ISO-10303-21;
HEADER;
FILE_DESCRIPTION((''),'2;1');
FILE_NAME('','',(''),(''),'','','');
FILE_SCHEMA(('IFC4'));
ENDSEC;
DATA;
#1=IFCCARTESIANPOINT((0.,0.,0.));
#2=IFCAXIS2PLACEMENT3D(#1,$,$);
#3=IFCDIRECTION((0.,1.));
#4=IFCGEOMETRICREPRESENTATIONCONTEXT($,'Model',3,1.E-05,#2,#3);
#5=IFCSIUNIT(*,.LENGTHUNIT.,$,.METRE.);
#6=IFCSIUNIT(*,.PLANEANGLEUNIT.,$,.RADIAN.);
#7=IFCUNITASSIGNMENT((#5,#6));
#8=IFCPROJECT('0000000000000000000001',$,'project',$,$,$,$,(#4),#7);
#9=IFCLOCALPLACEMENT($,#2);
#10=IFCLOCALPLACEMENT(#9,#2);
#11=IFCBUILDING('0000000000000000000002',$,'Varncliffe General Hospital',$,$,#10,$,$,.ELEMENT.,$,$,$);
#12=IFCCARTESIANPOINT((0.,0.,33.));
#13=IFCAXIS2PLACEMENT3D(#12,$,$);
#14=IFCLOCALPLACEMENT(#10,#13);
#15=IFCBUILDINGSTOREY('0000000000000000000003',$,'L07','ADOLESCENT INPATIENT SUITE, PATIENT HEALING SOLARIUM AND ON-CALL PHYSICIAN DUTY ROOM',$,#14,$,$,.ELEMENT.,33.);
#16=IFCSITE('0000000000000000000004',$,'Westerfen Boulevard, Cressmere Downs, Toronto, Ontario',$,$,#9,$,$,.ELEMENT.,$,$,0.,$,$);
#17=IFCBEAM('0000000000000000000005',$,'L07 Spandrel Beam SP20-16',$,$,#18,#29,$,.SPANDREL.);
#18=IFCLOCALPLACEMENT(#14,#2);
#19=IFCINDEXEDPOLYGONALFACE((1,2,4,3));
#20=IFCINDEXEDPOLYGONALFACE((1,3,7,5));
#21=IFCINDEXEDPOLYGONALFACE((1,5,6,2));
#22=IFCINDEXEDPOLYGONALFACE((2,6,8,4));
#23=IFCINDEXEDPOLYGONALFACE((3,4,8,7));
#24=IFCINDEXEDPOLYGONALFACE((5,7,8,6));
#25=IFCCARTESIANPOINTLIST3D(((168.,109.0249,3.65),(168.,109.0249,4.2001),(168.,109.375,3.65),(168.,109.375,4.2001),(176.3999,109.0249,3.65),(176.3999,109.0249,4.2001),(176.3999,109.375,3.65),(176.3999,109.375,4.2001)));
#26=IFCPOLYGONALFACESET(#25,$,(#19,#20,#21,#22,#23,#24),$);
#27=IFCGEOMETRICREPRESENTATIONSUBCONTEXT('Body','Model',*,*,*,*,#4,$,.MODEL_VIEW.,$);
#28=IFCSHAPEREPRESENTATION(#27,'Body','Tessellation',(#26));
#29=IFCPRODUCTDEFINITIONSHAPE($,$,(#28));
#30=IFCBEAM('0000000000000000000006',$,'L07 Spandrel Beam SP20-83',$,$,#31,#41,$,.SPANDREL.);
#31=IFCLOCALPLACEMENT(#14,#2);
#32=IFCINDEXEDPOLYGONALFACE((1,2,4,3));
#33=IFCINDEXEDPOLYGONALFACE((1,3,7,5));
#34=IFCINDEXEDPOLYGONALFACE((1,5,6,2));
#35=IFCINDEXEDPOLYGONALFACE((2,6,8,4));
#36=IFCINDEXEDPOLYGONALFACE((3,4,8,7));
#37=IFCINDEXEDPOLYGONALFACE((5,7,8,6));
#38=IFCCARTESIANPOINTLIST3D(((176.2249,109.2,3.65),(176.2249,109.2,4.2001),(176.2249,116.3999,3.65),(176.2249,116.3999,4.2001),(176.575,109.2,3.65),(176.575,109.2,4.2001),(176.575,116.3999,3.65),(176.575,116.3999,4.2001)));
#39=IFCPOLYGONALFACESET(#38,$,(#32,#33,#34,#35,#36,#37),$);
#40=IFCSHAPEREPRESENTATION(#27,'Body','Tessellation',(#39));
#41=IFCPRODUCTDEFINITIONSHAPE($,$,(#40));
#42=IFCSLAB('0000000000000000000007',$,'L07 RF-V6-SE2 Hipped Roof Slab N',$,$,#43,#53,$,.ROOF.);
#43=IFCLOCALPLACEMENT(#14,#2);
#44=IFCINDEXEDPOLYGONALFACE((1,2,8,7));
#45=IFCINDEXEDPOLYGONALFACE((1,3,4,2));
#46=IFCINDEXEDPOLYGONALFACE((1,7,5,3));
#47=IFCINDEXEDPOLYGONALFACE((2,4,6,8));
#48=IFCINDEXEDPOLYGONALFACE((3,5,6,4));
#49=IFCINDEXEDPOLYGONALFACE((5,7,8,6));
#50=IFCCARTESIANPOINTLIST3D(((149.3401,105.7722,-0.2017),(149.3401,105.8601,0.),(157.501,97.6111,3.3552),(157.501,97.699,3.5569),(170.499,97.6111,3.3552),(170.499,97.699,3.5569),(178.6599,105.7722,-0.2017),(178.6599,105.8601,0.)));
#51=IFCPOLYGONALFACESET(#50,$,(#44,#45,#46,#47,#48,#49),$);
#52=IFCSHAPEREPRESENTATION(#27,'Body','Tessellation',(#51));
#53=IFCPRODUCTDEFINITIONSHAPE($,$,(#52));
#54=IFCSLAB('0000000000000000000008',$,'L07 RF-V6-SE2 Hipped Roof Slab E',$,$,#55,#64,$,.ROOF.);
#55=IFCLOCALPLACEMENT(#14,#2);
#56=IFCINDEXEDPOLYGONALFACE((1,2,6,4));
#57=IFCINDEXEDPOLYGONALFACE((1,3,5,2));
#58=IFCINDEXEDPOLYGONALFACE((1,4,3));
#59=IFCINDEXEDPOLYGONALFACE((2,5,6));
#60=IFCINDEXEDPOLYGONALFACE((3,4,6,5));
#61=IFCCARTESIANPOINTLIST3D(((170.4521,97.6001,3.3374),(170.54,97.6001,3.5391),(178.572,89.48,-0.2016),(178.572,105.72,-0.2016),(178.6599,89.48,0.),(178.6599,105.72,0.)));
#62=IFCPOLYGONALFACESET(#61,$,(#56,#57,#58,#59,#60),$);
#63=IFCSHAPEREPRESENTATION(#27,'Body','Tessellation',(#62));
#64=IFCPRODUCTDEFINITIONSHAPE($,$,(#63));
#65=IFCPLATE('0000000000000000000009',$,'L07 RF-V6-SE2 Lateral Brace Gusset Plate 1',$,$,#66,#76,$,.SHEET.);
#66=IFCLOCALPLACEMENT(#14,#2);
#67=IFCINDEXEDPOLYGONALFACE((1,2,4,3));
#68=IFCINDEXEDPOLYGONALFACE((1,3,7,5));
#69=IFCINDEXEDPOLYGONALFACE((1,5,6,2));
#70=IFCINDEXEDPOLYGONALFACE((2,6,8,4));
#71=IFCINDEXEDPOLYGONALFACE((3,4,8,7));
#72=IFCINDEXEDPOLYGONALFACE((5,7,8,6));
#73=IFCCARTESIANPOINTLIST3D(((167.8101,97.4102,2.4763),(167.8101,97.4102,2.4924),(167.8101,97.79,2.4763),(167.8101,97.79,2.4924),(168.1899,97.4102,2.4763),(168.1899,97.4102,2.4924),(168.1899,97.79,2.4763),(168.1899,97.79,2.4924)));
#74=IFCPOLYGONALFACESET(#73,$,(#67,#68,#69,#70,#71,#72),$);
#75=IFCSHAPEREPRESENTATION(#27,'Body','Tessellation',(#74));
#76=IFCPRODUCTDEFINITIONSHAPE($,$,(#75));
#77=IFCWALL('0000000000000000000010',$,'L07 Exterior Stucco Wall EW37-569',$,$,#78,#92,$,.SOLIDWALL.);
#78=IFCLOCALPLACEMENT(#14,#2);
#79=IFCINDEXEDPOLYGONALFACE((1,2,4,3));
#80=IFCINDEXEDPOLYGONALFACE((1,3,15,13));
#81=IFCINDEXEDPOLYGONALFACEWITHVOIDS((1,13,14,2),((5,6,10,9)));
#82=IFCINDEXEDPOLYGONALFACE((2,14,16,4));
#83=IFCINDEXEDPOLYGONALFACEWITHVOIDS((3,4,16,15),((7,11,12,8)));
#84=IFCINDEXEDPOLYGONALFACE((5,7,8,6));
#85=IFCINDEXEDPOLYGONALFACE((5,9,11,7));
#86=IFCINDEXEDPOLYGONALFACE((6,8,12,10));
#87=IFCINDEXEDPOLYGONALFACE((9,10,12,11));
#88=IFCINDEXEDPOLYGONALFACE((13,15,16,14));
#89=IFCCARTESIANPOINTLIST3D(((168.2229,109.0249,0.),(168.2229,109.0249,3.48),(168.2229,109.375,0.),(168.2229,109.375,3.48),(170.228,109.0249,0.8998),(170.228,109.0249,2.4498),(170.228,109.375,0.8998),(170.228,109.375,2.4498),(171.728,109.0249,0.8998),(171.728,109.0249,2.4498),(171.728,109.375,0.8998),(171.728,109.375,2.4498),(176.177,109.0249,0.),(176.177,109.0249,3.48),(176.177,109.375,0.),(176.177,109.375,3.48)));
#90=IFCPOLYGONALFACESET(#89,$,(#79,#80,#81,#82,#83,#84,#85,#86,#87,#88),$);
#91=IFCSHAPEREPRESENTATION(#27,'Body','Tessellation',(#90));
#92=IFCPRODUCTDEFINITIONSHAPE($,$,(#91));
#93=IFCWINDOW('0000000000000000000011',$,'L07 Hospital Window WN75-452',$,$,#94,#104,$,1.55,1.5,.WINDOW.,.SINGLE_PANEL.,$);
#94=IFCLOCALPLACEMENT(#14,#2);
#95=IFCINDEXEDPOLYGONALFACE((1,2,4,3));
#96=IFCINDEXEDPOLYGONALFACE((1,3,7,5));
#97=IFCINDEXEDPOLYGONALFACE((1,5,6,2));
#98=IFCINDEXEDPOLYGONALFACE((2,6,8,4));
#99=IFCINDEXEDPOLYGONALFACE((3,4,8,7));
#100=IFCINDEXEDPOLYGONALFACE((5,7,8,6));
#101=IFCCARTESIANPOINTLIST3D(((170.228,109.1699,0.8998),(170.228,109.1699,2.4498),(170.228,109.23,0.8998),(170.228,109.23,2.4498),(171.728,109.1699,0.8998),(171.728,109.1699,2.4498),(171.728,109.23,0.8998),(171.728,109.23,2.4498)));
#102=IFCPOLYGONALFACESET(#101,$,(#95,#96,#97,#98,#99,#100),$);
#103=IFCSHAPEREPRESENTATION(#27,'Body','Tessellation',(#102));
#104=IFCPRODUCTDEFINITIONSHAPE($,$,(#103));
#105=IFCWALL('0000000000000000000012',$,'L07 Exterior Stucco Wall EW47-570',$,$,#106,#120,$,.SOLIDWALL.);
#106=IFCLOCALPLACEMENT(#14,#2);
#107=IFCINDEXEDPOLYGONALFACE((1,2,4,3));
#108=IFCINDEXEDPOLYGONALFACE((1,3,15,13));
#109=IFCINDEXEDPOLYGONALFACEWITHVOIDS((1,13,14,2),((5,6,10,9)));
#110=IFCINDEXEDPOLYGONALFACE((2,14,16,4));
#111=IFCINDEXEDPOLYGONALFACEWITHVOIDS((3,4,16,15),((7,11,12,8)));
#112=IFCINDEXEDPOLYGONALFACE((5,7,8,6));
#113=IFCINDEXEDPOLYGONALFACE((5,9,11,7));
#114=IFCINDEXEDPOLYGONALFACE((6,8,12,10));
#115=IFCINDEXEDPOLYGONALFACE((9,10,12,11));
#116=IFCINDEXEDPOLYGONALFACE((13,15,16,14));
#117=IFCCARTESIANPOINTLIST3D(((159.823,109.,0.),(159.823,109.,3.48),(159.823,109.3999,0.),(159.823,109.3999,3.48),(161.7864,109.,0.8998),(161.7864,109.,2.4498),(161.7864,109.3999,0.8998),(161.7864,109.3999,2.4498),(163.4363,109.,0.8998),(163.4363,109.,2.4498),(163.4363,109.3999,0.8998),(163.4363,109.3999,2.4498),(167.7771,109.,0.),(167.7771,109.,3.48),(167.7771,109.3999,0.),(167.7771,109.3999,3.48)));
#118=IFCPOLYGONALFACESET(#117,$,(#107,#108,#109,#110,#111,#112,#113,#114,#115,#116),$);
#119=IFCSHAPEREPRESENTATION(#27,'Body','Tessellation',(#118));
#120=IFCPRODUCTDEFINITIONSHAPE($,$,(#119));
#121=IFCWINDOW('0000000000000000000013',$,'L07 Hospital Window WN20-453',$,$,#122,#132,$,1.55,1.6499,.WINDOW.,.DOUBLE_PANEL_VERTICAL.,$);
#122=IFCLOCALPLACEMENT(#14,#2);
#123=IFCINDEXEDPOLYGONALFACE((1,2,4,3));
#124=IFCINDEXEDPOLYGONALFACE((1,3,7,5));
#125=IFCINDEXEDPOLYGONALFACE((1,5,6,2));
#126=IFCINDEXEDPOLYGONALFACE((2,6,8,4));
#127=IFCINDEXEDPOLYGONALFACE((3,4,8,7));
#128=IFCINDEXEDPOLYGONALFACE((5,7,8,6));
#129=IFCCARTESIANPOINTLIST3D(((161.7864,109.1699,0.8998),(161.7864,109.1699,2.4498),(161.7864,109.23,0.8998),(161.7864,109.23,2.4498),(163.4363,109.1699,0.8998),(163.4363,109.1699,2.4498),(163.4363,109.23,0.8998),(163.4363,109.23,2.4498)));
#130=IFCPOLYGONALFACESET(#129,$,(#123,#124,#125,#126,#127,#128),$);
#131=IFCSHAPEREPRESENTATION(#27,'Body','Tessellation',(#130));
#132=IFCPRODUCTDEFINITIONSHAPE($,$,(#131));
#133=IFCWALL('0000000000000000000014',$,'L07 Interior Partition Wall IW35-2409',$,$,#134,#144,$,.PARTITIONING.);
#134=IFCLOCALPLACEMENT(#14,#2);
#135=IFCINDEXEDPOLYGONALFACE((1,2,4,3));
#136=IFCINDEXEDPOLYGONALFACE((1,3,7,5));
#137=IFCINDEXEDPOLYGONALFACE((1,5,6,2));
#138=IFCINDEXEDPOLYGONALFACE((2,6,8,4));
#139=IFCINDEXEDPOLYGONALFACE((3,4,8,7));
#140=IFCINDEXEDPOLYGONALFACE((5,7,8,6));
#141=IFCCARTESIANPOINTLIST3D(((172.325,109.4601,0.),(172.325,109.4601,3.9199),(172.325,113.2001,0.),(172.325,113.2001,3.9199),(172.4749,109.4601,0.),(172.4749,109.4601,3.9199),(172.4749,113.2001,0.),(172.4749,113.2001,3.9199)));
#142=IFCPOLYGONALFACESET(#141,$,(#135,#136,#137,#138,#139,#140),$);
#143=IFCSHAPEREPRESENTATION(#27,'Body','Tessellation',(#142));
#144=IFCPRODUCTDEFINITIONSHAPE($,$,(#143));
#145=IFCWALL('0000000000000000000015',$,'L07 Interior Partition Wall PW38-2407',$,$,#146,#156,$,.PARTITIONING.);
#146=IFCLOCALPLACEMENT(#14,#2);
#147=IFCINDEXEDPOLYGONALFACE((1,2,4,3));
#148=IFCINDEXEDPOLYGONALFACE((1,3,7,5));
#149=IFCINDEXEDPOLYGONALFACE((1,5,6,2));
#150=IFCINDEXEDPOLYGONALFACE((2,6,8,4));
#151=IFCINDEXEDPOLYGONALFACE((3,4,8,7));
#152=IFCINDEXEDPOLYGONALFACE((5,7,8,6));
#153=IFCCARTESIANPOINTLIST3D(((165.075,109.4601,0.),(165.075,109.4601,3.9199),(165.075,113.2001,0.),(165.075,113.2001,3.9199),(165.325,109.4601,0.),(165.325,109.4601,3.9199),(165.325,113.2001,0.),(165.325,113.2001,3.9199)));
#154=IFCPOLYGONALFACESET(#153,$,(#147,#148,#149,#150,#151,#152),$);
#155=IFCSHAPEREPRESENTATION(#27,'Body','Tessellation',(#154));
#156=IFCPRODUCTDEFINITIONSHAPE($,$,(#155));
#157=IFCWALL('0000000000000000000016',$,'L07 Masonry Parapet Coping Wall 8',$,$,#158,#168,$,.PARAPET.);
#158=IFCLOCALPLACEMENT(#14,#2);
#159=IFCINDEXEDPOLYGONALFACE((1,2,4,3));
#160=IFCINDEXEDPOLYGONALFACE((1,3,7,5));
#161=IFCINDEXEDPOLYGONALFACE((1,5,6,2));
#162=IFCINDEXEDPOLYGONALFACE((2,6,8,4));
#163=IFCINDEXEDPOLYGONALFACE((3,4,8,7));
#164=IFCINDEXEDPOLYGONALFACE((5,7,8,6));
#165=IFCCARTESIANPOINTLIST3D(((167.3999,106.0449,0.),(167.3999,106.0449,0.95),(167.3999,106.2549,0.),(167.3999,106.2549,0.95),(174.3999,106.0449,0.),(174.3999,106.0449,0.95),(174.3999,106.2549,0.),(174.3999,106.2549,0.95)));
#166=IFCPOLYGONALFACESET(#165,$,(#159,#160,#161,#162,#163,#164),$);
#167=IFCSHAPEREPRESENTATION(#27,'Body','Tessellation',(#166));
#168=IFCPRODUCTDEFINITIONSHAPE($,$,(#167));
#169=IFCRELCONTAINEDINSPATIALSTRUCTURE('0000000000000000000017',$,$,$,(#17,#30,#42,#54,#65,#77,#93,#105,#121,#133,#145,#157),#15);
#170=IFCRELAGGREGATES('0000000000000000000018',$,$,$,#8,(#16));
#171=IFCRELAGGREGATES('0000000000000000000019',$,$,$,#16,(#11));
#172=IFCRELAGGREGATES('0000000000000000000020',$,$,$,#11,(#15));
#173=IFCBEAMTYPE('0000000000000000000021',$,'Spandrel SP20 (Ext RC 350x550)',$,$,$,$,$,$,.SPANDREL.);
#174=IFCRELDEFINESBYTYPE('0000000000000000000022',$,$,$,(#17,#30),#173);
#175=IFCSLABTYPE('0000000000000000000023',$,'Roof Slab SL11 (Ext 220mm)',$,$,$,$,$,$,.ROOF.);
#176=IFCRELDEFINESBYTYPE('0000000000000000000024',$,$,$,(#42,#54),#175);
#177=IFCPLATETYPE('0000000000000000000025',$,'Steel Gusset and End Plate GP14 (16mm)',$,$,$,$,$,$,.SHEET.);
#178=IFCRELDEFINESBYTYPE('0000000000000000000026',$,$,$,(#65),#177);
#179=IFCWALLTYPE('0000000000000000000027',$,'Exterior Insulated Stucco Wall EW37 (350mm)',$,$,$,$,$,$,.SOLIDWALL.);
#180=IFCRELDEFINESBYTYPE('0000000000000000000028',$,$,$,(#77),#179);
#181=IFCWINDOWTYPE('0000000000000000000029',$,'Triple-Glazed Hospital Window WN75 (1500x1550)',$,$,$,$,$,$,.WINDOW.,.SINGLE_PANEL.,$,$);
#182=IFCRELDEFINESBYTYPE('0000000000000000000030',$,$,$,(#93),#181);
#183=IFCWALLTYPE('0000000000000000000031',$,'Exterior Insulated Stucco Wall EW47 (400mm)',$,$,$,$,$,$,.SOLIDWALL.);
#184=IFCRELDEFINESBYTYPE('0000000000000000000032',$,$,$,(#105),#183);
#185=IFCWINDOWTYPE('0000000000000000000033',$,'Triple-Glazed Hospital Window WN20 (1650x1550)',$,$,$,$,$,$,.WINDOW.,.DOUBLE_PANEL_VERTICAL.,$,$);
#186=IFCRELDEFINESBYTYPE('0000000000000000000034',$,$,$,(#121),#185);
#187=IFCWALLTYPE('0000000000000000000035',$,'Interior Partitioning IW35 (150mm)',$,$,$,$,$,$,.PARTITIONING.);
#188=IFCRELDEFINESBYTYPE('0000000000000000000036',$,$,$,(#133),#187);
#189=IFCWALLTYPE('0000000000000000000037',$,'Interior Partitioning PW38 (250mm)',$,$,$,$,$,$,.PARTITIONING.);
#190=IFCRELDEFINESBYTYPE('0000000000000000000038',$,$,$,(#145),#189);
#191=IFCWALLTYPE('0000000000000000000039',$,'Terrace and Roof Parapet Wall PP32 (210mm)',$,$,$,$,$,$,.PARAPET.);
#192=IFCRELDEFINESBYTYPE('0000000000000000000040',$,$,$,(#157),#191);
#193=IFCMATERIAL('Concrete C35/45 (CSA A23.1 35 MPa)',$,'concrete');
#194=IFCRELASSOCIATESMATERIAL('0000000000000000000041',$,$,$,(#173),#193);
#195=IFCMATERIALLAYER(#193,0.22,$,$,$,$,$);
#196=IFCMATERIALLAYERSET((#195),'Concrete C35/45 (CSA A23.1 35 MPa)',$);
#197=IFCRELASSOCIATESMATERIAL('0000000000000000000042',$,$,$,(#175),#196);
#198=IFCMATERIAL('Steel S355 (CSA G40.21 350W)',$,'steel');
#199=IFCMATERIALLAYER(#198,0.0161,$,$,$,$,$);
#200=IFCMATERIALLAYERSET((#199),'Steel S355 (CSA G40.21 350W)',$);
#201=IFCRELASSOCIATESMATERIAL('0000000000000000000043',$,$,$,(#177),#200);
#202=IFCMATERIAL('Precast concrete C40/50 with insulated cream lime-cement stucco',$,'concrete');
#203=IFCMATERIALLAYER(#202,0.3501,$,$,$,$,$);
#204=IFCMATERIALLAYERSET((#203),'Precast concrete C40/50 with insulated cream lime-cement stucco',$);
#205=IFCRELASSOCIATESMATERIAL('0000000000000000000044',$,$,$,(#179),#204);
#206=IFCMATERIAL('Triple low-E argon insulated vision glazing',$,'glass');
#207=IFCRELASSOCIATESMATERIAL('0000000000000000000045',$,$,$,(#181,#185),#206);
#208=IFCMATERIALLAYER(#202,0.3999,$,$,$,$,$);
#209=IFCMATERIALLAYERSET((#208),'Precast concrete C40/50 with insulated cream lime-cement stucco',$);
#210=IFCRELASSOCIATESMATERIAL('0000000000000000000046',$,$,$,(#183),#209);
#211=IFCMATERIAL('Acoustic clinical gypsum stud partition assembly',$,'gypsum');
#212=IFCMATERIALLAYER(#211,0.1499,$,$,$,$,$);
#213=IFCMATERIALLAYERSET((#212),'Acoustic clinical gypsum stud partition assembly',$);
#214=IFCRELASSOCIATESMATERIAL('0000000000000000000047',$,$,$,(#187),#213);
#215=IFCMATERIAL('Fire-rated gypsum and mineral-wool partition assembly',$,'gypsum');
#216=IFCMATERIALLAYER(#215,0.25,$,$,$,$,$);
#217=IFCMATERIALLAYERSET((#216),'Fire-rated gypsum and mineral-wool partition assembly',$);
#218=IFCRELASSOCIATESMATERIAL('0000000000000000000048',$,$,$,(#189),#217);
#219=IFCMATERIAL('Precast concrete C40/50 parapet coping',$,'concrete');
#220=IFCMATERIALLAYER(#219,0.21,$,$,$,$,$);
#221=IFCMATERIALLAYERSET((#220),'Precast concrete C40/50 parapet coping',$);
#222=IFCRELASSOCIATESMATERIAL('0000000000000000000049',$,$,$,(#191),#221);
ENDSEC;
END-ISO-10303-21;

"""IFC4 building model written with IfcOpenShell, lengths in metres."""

from ifc_helpers import new_model, si_unit, direction, frame, frame_2d, origin, origin_2d, place, context, subcontext, project, spatial, polyline, rectangle, outline, extrude, material, layer, layer_set, material_profile, profile_set, type_object, element, fill, save


model = new_model("IFC4")

# Units and contexts
model_context = context("Model", 3, precision=1e-05, world=origin(), true_north=direction((0.0, 1.0)))
body_context = subcontext(model_context, "Body", "Model", "MODEL_VIEW")
ifc_project = project(units=[si_unit("LENGTHUNIT", "METRE"), si_unit("PLANEANGLEUNIT", "RADIAN")], contexts=[model_context])

# Site, building, storey
site_placement = place(None, origin())
site = spatial("IfcSite", under=ifc_project, at=site_placement, Name="Westerfen Boulevard, Cressmere Downs, Toronto, Ontario", CompositionType="ELEMENT", RefElevation=0.0)
building_placement = place(site_placement, origin())
building = spatial("IfcBuilding", under=site, at=building_placement, Name="Varncliffe General Hospital", CompositionType="ELEMENT")
storey_placement = place(building_placement, frame((0.0, 0.0, 33.0)))
storey = spatial("IfcBuildingStorey", under=building, at=storey_placement, Name="L07", Description="ADOLESCENT INPATIENT SUITE, PATIENT HEALING SOLARIUM AND ON-CALL PHYSICIAN DUTY ROOM", CompositionType="ELEMENT", Elevation=33.0)

# Shared definitions
ifc_material_1 = material(Name="Concrete C35/45 (CSA A23.1 35 MPa)", Category="concrete")

# Shared definitions
ifc_material_2 = material(Name="Steel S355 (CSA G40.21 350W)", Category="steel")

# Beams
ifc_material_profile_1 = material_profile(ifc_material_1, rectangle(XDim=0.3501, YDim=0.55, at=origin_2d()), Name="RC 350x550")
ifc_profile_set_1 = profile_set([ifc_material_profile_1], Name="Concrete C35/45 (CSA A23.1 35 MPa)")
beam_type_1 = type_object("IfcBeamType", Name="Spandrel SP20 (Ext RC 350x550)", PredefinedType="SPANDREL", material=ifc_profile_set_1)
beam_1_placement = place(storey_placement, frame((168.0, 109.2, 3.925), z_axis=(1.0, 0.0, 0.0), x_axis=(0.0, 1.0, 0.0)))
element("IfcBeam", 1, at=beam_1_placement, inside=storey, type_object=beam_type_1, Name="L07 Spandrel Beam SP20-16", PredefinedType="SPANDREL", context=body_context, shape_type="SweptSolid", body=[
    extrude(rectangle(XDim=0.3501, YDim=0.55, at=origin_2d()), origin(), (0.0, 0.0, 1.0), 8.3999),
])
beam_2_placement = place(storey_placement, frame((176.3999, 109.2, 3.925), z_axis=(0.0, 1.0, 0.0), x_axis=(-1.0, 0.0, 0.0)))
element("IfcBeam", 2, at=beam_2_placement, inside=storey, type_object=beam_type_1, Name="L07 Spandrel Beam SP20-83", PredefinedType="SPANDREL", context=body_context, shape_type="SweptSolid", body=[
    extrude(rectangle(XDim=0.3501, YDim=0.55, at=origin_2d()), origin(), (0.0, 0.0, 1.0), 7.2),
])

# Slabs
ifc_layer_1 = layer(ifc_material_1, 0.22)
ifc_layer_set_1 = layer_set([ifc_layer_1], Name="Concrete C35/45 (CSA A23.1 35 MPa)")
slab_type = type_object("IfcSlabType", Name="Roof Slab SL11 (Ext 220mm)", PredefinedType="ROOF", material=ifc_layer_set_1)
slab_1_placement = place(storey_placement, frame((178.6599, 105.8601, 0.0), z_axis=(0.0, 0.399535, 0.916718), x_axis=(-1.0, 0.0, 0.0)))
element("IfcSlab", 3, at=slab_1_placement, inside=storey, type_object=slab_type, Name="L07 RF-V6-SE2 Hipped Roof Slab N", PredefinedType="ROOF", context=body_context, shape_type="SweptSolid", body=[
    extrude(outline(polyline([(0.0, 0.0), (29.3198, 0.0), (21.1589, 8.9026), (8.1609, 8.9026), (0.0, 0.0)])), origin(), (0.0, 0.0, -1.0), 0.22),
])
slab_2_placement = place(storey_placement, frame((178.6599, 89.48, 0.0), z_axis=(0.39955, 0.0, 0.916711), x_axis=(0.0, 1.0, 0.0)))
element("IfcSlab", 4, at=slab_2_placement, inside=storey, type_object=slab_type, Name="L07 RF-V6-SE2 Hipped Roof Slab E", PredefinedType="ROOF", context=body_context, shape_type="SweptSolid", body=[
    extrude(outline(polyline([(0.0, 0.0), (16.24, 0.0), (8.1201, 8.8576), (0.0, 0.0)])), origin(), (0.0, 0.0, -1.0), 0.22),
])

# Plate
ifc_layer_2 = layer(ifc_material_2, 0.0161)
ifc_layer_set_2 = layer_set([ifc_layer_2], Name="Steel S355 (CSA G40.21 350W)")
plate_type = type_object("IfcPlateType", Name="Steel Gusset and End Plate GP14 (16mm)", PredefinedType="SHEET", material=ifc_layer_set_2)
plate_placement = place(storey_placement, frame((168.0, 97.6001, 2.4763), z_axis=(0.0, 0.0, 1.0), x_axis=(1.0, 0.0, 0.0)))
element("IfcPlate", 5, at=plate_placement, inside=storey, type_object=plate_type, Name="L07 RF-V6-SE2 Lateral Brace Gusset Plate 1", PredefinedType="SHEET", context=body_context, shape_type="SweptSolid", body=[
    extrude(rectangle(XDim=0.3799, YDim=0.3799, at=origin_2d()), origin(), (0.0, 0.0, 1.0), 0.0161),
])

# Walls, openings, windows
ifc_material_3 = material(Name="Precast concrete C40/50 with insulated cream lime-cement stucco", Category="concrete")
ifc_layer_3 = layer(ifc_material_3, 0.3501)
ifc_layer_set_3 = layer_set([ifc_layer_3], Name="Precast concrete C40/50 with insulated cream lime-cement stucco")
wall_type_1 = type_object("IfcWallType", Name="Exterior Insulated Stucco Wall EW37 (350mm)", PredefinedType="SOLIDWALL", material=ifc_layer_set_3)
wall_1_placement = place(storey_placement, frame((176.177, 109.2, 0.0), z_axis=(0.0, 0.0, 1.0), x_axis=(-1.0, 0.0, 0.0)))
wall_1 = element("IfcWall", 6, at=wall_1_placement, inside=storey, type_object=wall_type_1, Name="L07 Exterior Stucco Wall EW37-569", PredefinedType="SOLIDWALL", context=body_context, shape_type="SweptSolid", body=[
    extrude(rectangle(XDim=7.9541, YDim=0.3501, at=frame_2d((3.9771, 0.0))), origin(), (0.0, 0.0, 1.0), 3.48),
])
opening_1_placement = place(wall_1_placement, frame((4.449, 0.0, 0.8999)))
opening_1 = element("IfcOpeningElement", 7, at=opening_1_placement, cuts=wall_1, PredefinedType="OPENING", context=body_context, shape_type="SweptSolid", body=[
    extrude(rectangle(XDim=1.5, YDim=1.55, at=frame_2d((0.75, 0.7749))), frame((0.0, 0.1851, 0.0), z_axis=(0.0, -1.0, 0.0), x_axis=(1.0, 0.0, 0.0)), (0.0, 0.0, 1.0), 0.3701),
])
ifc_material_4 = material(Name="Triple low-E argon insulated vision glazing", Category="glass")
window_type_1 = type_object("IfcWindowType", Name="Triple-Glazed Hospital Window WN75 (1500x1550)", PartitioningType="SINGLE_PANEL", PredefinedType="WINDOW", material=ifc_material_4)
window_1_placement = place(opening_1_placement, origin())
window_1 = element("IfcWindow", 8, at=window_1_placement, inside=storey, type_object=window_type_1, Name="L07 Hospital Window WN75-452", OverallHeight=1.55, OverallWidth=1.5, PartitioningType="SINGLE_PANEL", PredefinedType="WINDOW", context=body_context, shape_type="SweptSolid", body=[
    extrude(rectangle(XDim=1.5, YDim=1.55, at=frame_2d((0.75, 0.7749))), frame((0.0, 0.03, 0.0), z_axis=(0.0, -1.0, 0.0), x_axis=(1.0, 0.0, 0.0)), (0.0, 0.0, 1.0), 0.0601),
])
fill(opening_1, window_1)
ifc_layer_4 = layer(ifc_material_3, 0.3999)
ifc_layer_set_4 = layer_set([ifc_layer_4], Name="Precast concrete C40/50 with insulated cream lime-cement stucco")
wall_type_2 = type_object("IfcWallType", Name="Exterior Insulated Stucco Wall EW47 (400mm)", PredefinedType="SOLIDWALL", material=ifc_layer_set_4)
wall_2_placement = place(storey_placement, frame((167.7771, 109.2, 0.0), z_axis=(0.0, 0.0, 1.0), x_axis=(-1.0, 0.0, 0.0)))
wall_2 = element("IfcWall", 9, at=wall_2_placement, inside=storey, type_object=wall_type_2, Name="L07 Exterior Stucco Wall EW47-570", PredefinedType="SOLIDWALL", context=body_context, shape_type="SweptSolid", body=[
    extrude(rectangle(XDim=7.9541, YDim=0.3999, at=frame_2d((3.9771, 0.0))), origin(), (0.0, 0.0, 1.0), 3.48),
])
opening_2_placement = place(wall_2_placement, frame((4.3408, 0.0, 0.8999)))
opening_2 = element("IfcOpeningElement", 10, at=opening_2_placement, cuts=wall_2, PredefinedType="OPENING", context=body_context, shape_type="SweptSolid", body=[
    extrude(rectangle(XDim=1.6499, YDim=1.55, at=frame_2d((0.825, 0.7749))), frame((0.0, 0.21, 0.0), z_axis=(0.0, -1.0, 0.0), x_axis=(1.0, 0.0, 0.0)), (0.0, 0.0, 1.0), 0.4199),
])
window_type_2 = type_object("IfcWindowType", Name="Triple-Glazed Hospital Window WN20 (1650x1550)", PartitioningType="DOUBLE_PANEL_VERTICAL", PredefinedType="WINDOW", material=ifc_material_4)
window_2_placement = place(opening_2_placement, origin())
window_2 = element("IfcWindow", 11, at=window_2_placement, inside=storey, type_object=window_type_2, Name="L07 Hospital Window WN20-453", OverallHeight=1.55, OverallWidth=1.6499, PartitioningType="DOUBLE_PANEL_VERTICAL", PredefinedType="WINDOW", context=body_context, shape_type="SweptSolid", body=[
    extrude(rectangle(XDim=1.6499, YDim=1.55, at=frame_2d((0.825, 0.7749))), frame((0.0, 0.03, 0.0), z_axis=(0.0, -1.0, 0.0), x_axis=(1.0, 0.0, 0.0)), (0.0, 0.0, 1.0), 0.0601),
])
fill(opening_2, window_2)

# Walls
ifc_material_5 = material(Name="Acoustic clinical gypsum stud partition assembly", Category="gypsum")
ifc_layer_5 = layer(ifc_material_5, 0.1499)
ifc_layer_set_5 = layer_set([ifc_layer_5], Name="Acoustic clinical gypsum stud partition assembly")
wall_type_3 = type_object("IfcWallType", Name="Interior Partitioning IW35 (150mm)", PredefinedType="PARTITIONING", material=ifc_layer_set_5)
wall_3_placement = place(storey_placement, frame((172.3999, 109.46, 0.0), z_axis=(0.0, 0.0, 1.0), x_axis=(0.0, 1.0, 0.0)))
element("IfcWall", 12, at=wall_3_placement, inside=storey, type_object=wall_type_3, Name="L07 Interior Partition Wall IW35-2409", PredefinedType="PARTITIONING", context=body_context, shape_type="SweptSolid", body=[
    extrude(rectangle(XDim=3.74, YDim=0.1499, at=frame_2d((1.8701, 0.0))), origin(), (0.0, 0.0, 1.0), 3.9199),
])
ifc_material_6 = material(Name="Fire-rated gypsum and mineral-wool partition assembly", Category="gypsum")
ifc_layer_6 = layer(ifc_material_6, 0.25)
ifc_layer_set_6 = layer_set([ifc_layer_6], Name="Fire-rated gypsum and mineral-wool partition assembly")
wall_type_4 = type_object("IfcWallType", Name="Interior Partitioning PW38 (250mm)", PredefinedType="PARTITIONING", material=ifc_layer_set_6)
wall_4_placement = place(storey_placement, frame((165.2, 109.46, 0.0), z_axis=(0.0, 0.0, 1.0), x_axis=(0.0, 1.0, 0.0)))
element("IfcWall", 13, at=wall_4_placement, inside=storey, type_object=wall_type_4, Name="L07 Interior Partition Wall PW38-2407", PredefinedType="PARTITIONING", context=body_context, shape_type="SweptSolid", body=[
    extrude(rectangle(XDim=3.74, YDim=0.25, at=frame_2d((1.8701, 0.0))), origin(), (0.0, 0.0, 1.0), 3.9199),
])
ifc_material_7 = material(Name="Precast concrete C40/50 parapet coping", Category="concrete")
ifc_layer_7 = layer(ifc_material_7, 0.21)
ifc_layer_set_7 = layer_set([ifc_layer_7], Name="Precast concrete C40/50 parapet coping")
wall_type_5 = type_object("IfcWallType", Name="Terrace and Roof Parapet Wall PP32 (210mm)", PredefinedType="PARAPET", material=ifc_layer_set_7)
wall_5_placement = place(storey_placement, frame((167.3999, 106.1499, 0.0), z_axis=(0.0, 0.0, 1.0), x_axis=(1.0, 0.0, 0.0)))
element("IfcWall", 14, at=wall_5_placement, inside=storey, type_object=wall_type_5, Name="L07 Masonry Parapet Coping Wall 8", PredefinedType="PARAPET", context=body_context, shape_type="SweptSolid", body=[
    extrude(rectangle(XDim=7.0, YDim=0.21, at=frame_2d((3.5, 0.0))), origin(), (0.0, 0.0, 1.0), 0.95),
])

save(model, "model.ifc")
